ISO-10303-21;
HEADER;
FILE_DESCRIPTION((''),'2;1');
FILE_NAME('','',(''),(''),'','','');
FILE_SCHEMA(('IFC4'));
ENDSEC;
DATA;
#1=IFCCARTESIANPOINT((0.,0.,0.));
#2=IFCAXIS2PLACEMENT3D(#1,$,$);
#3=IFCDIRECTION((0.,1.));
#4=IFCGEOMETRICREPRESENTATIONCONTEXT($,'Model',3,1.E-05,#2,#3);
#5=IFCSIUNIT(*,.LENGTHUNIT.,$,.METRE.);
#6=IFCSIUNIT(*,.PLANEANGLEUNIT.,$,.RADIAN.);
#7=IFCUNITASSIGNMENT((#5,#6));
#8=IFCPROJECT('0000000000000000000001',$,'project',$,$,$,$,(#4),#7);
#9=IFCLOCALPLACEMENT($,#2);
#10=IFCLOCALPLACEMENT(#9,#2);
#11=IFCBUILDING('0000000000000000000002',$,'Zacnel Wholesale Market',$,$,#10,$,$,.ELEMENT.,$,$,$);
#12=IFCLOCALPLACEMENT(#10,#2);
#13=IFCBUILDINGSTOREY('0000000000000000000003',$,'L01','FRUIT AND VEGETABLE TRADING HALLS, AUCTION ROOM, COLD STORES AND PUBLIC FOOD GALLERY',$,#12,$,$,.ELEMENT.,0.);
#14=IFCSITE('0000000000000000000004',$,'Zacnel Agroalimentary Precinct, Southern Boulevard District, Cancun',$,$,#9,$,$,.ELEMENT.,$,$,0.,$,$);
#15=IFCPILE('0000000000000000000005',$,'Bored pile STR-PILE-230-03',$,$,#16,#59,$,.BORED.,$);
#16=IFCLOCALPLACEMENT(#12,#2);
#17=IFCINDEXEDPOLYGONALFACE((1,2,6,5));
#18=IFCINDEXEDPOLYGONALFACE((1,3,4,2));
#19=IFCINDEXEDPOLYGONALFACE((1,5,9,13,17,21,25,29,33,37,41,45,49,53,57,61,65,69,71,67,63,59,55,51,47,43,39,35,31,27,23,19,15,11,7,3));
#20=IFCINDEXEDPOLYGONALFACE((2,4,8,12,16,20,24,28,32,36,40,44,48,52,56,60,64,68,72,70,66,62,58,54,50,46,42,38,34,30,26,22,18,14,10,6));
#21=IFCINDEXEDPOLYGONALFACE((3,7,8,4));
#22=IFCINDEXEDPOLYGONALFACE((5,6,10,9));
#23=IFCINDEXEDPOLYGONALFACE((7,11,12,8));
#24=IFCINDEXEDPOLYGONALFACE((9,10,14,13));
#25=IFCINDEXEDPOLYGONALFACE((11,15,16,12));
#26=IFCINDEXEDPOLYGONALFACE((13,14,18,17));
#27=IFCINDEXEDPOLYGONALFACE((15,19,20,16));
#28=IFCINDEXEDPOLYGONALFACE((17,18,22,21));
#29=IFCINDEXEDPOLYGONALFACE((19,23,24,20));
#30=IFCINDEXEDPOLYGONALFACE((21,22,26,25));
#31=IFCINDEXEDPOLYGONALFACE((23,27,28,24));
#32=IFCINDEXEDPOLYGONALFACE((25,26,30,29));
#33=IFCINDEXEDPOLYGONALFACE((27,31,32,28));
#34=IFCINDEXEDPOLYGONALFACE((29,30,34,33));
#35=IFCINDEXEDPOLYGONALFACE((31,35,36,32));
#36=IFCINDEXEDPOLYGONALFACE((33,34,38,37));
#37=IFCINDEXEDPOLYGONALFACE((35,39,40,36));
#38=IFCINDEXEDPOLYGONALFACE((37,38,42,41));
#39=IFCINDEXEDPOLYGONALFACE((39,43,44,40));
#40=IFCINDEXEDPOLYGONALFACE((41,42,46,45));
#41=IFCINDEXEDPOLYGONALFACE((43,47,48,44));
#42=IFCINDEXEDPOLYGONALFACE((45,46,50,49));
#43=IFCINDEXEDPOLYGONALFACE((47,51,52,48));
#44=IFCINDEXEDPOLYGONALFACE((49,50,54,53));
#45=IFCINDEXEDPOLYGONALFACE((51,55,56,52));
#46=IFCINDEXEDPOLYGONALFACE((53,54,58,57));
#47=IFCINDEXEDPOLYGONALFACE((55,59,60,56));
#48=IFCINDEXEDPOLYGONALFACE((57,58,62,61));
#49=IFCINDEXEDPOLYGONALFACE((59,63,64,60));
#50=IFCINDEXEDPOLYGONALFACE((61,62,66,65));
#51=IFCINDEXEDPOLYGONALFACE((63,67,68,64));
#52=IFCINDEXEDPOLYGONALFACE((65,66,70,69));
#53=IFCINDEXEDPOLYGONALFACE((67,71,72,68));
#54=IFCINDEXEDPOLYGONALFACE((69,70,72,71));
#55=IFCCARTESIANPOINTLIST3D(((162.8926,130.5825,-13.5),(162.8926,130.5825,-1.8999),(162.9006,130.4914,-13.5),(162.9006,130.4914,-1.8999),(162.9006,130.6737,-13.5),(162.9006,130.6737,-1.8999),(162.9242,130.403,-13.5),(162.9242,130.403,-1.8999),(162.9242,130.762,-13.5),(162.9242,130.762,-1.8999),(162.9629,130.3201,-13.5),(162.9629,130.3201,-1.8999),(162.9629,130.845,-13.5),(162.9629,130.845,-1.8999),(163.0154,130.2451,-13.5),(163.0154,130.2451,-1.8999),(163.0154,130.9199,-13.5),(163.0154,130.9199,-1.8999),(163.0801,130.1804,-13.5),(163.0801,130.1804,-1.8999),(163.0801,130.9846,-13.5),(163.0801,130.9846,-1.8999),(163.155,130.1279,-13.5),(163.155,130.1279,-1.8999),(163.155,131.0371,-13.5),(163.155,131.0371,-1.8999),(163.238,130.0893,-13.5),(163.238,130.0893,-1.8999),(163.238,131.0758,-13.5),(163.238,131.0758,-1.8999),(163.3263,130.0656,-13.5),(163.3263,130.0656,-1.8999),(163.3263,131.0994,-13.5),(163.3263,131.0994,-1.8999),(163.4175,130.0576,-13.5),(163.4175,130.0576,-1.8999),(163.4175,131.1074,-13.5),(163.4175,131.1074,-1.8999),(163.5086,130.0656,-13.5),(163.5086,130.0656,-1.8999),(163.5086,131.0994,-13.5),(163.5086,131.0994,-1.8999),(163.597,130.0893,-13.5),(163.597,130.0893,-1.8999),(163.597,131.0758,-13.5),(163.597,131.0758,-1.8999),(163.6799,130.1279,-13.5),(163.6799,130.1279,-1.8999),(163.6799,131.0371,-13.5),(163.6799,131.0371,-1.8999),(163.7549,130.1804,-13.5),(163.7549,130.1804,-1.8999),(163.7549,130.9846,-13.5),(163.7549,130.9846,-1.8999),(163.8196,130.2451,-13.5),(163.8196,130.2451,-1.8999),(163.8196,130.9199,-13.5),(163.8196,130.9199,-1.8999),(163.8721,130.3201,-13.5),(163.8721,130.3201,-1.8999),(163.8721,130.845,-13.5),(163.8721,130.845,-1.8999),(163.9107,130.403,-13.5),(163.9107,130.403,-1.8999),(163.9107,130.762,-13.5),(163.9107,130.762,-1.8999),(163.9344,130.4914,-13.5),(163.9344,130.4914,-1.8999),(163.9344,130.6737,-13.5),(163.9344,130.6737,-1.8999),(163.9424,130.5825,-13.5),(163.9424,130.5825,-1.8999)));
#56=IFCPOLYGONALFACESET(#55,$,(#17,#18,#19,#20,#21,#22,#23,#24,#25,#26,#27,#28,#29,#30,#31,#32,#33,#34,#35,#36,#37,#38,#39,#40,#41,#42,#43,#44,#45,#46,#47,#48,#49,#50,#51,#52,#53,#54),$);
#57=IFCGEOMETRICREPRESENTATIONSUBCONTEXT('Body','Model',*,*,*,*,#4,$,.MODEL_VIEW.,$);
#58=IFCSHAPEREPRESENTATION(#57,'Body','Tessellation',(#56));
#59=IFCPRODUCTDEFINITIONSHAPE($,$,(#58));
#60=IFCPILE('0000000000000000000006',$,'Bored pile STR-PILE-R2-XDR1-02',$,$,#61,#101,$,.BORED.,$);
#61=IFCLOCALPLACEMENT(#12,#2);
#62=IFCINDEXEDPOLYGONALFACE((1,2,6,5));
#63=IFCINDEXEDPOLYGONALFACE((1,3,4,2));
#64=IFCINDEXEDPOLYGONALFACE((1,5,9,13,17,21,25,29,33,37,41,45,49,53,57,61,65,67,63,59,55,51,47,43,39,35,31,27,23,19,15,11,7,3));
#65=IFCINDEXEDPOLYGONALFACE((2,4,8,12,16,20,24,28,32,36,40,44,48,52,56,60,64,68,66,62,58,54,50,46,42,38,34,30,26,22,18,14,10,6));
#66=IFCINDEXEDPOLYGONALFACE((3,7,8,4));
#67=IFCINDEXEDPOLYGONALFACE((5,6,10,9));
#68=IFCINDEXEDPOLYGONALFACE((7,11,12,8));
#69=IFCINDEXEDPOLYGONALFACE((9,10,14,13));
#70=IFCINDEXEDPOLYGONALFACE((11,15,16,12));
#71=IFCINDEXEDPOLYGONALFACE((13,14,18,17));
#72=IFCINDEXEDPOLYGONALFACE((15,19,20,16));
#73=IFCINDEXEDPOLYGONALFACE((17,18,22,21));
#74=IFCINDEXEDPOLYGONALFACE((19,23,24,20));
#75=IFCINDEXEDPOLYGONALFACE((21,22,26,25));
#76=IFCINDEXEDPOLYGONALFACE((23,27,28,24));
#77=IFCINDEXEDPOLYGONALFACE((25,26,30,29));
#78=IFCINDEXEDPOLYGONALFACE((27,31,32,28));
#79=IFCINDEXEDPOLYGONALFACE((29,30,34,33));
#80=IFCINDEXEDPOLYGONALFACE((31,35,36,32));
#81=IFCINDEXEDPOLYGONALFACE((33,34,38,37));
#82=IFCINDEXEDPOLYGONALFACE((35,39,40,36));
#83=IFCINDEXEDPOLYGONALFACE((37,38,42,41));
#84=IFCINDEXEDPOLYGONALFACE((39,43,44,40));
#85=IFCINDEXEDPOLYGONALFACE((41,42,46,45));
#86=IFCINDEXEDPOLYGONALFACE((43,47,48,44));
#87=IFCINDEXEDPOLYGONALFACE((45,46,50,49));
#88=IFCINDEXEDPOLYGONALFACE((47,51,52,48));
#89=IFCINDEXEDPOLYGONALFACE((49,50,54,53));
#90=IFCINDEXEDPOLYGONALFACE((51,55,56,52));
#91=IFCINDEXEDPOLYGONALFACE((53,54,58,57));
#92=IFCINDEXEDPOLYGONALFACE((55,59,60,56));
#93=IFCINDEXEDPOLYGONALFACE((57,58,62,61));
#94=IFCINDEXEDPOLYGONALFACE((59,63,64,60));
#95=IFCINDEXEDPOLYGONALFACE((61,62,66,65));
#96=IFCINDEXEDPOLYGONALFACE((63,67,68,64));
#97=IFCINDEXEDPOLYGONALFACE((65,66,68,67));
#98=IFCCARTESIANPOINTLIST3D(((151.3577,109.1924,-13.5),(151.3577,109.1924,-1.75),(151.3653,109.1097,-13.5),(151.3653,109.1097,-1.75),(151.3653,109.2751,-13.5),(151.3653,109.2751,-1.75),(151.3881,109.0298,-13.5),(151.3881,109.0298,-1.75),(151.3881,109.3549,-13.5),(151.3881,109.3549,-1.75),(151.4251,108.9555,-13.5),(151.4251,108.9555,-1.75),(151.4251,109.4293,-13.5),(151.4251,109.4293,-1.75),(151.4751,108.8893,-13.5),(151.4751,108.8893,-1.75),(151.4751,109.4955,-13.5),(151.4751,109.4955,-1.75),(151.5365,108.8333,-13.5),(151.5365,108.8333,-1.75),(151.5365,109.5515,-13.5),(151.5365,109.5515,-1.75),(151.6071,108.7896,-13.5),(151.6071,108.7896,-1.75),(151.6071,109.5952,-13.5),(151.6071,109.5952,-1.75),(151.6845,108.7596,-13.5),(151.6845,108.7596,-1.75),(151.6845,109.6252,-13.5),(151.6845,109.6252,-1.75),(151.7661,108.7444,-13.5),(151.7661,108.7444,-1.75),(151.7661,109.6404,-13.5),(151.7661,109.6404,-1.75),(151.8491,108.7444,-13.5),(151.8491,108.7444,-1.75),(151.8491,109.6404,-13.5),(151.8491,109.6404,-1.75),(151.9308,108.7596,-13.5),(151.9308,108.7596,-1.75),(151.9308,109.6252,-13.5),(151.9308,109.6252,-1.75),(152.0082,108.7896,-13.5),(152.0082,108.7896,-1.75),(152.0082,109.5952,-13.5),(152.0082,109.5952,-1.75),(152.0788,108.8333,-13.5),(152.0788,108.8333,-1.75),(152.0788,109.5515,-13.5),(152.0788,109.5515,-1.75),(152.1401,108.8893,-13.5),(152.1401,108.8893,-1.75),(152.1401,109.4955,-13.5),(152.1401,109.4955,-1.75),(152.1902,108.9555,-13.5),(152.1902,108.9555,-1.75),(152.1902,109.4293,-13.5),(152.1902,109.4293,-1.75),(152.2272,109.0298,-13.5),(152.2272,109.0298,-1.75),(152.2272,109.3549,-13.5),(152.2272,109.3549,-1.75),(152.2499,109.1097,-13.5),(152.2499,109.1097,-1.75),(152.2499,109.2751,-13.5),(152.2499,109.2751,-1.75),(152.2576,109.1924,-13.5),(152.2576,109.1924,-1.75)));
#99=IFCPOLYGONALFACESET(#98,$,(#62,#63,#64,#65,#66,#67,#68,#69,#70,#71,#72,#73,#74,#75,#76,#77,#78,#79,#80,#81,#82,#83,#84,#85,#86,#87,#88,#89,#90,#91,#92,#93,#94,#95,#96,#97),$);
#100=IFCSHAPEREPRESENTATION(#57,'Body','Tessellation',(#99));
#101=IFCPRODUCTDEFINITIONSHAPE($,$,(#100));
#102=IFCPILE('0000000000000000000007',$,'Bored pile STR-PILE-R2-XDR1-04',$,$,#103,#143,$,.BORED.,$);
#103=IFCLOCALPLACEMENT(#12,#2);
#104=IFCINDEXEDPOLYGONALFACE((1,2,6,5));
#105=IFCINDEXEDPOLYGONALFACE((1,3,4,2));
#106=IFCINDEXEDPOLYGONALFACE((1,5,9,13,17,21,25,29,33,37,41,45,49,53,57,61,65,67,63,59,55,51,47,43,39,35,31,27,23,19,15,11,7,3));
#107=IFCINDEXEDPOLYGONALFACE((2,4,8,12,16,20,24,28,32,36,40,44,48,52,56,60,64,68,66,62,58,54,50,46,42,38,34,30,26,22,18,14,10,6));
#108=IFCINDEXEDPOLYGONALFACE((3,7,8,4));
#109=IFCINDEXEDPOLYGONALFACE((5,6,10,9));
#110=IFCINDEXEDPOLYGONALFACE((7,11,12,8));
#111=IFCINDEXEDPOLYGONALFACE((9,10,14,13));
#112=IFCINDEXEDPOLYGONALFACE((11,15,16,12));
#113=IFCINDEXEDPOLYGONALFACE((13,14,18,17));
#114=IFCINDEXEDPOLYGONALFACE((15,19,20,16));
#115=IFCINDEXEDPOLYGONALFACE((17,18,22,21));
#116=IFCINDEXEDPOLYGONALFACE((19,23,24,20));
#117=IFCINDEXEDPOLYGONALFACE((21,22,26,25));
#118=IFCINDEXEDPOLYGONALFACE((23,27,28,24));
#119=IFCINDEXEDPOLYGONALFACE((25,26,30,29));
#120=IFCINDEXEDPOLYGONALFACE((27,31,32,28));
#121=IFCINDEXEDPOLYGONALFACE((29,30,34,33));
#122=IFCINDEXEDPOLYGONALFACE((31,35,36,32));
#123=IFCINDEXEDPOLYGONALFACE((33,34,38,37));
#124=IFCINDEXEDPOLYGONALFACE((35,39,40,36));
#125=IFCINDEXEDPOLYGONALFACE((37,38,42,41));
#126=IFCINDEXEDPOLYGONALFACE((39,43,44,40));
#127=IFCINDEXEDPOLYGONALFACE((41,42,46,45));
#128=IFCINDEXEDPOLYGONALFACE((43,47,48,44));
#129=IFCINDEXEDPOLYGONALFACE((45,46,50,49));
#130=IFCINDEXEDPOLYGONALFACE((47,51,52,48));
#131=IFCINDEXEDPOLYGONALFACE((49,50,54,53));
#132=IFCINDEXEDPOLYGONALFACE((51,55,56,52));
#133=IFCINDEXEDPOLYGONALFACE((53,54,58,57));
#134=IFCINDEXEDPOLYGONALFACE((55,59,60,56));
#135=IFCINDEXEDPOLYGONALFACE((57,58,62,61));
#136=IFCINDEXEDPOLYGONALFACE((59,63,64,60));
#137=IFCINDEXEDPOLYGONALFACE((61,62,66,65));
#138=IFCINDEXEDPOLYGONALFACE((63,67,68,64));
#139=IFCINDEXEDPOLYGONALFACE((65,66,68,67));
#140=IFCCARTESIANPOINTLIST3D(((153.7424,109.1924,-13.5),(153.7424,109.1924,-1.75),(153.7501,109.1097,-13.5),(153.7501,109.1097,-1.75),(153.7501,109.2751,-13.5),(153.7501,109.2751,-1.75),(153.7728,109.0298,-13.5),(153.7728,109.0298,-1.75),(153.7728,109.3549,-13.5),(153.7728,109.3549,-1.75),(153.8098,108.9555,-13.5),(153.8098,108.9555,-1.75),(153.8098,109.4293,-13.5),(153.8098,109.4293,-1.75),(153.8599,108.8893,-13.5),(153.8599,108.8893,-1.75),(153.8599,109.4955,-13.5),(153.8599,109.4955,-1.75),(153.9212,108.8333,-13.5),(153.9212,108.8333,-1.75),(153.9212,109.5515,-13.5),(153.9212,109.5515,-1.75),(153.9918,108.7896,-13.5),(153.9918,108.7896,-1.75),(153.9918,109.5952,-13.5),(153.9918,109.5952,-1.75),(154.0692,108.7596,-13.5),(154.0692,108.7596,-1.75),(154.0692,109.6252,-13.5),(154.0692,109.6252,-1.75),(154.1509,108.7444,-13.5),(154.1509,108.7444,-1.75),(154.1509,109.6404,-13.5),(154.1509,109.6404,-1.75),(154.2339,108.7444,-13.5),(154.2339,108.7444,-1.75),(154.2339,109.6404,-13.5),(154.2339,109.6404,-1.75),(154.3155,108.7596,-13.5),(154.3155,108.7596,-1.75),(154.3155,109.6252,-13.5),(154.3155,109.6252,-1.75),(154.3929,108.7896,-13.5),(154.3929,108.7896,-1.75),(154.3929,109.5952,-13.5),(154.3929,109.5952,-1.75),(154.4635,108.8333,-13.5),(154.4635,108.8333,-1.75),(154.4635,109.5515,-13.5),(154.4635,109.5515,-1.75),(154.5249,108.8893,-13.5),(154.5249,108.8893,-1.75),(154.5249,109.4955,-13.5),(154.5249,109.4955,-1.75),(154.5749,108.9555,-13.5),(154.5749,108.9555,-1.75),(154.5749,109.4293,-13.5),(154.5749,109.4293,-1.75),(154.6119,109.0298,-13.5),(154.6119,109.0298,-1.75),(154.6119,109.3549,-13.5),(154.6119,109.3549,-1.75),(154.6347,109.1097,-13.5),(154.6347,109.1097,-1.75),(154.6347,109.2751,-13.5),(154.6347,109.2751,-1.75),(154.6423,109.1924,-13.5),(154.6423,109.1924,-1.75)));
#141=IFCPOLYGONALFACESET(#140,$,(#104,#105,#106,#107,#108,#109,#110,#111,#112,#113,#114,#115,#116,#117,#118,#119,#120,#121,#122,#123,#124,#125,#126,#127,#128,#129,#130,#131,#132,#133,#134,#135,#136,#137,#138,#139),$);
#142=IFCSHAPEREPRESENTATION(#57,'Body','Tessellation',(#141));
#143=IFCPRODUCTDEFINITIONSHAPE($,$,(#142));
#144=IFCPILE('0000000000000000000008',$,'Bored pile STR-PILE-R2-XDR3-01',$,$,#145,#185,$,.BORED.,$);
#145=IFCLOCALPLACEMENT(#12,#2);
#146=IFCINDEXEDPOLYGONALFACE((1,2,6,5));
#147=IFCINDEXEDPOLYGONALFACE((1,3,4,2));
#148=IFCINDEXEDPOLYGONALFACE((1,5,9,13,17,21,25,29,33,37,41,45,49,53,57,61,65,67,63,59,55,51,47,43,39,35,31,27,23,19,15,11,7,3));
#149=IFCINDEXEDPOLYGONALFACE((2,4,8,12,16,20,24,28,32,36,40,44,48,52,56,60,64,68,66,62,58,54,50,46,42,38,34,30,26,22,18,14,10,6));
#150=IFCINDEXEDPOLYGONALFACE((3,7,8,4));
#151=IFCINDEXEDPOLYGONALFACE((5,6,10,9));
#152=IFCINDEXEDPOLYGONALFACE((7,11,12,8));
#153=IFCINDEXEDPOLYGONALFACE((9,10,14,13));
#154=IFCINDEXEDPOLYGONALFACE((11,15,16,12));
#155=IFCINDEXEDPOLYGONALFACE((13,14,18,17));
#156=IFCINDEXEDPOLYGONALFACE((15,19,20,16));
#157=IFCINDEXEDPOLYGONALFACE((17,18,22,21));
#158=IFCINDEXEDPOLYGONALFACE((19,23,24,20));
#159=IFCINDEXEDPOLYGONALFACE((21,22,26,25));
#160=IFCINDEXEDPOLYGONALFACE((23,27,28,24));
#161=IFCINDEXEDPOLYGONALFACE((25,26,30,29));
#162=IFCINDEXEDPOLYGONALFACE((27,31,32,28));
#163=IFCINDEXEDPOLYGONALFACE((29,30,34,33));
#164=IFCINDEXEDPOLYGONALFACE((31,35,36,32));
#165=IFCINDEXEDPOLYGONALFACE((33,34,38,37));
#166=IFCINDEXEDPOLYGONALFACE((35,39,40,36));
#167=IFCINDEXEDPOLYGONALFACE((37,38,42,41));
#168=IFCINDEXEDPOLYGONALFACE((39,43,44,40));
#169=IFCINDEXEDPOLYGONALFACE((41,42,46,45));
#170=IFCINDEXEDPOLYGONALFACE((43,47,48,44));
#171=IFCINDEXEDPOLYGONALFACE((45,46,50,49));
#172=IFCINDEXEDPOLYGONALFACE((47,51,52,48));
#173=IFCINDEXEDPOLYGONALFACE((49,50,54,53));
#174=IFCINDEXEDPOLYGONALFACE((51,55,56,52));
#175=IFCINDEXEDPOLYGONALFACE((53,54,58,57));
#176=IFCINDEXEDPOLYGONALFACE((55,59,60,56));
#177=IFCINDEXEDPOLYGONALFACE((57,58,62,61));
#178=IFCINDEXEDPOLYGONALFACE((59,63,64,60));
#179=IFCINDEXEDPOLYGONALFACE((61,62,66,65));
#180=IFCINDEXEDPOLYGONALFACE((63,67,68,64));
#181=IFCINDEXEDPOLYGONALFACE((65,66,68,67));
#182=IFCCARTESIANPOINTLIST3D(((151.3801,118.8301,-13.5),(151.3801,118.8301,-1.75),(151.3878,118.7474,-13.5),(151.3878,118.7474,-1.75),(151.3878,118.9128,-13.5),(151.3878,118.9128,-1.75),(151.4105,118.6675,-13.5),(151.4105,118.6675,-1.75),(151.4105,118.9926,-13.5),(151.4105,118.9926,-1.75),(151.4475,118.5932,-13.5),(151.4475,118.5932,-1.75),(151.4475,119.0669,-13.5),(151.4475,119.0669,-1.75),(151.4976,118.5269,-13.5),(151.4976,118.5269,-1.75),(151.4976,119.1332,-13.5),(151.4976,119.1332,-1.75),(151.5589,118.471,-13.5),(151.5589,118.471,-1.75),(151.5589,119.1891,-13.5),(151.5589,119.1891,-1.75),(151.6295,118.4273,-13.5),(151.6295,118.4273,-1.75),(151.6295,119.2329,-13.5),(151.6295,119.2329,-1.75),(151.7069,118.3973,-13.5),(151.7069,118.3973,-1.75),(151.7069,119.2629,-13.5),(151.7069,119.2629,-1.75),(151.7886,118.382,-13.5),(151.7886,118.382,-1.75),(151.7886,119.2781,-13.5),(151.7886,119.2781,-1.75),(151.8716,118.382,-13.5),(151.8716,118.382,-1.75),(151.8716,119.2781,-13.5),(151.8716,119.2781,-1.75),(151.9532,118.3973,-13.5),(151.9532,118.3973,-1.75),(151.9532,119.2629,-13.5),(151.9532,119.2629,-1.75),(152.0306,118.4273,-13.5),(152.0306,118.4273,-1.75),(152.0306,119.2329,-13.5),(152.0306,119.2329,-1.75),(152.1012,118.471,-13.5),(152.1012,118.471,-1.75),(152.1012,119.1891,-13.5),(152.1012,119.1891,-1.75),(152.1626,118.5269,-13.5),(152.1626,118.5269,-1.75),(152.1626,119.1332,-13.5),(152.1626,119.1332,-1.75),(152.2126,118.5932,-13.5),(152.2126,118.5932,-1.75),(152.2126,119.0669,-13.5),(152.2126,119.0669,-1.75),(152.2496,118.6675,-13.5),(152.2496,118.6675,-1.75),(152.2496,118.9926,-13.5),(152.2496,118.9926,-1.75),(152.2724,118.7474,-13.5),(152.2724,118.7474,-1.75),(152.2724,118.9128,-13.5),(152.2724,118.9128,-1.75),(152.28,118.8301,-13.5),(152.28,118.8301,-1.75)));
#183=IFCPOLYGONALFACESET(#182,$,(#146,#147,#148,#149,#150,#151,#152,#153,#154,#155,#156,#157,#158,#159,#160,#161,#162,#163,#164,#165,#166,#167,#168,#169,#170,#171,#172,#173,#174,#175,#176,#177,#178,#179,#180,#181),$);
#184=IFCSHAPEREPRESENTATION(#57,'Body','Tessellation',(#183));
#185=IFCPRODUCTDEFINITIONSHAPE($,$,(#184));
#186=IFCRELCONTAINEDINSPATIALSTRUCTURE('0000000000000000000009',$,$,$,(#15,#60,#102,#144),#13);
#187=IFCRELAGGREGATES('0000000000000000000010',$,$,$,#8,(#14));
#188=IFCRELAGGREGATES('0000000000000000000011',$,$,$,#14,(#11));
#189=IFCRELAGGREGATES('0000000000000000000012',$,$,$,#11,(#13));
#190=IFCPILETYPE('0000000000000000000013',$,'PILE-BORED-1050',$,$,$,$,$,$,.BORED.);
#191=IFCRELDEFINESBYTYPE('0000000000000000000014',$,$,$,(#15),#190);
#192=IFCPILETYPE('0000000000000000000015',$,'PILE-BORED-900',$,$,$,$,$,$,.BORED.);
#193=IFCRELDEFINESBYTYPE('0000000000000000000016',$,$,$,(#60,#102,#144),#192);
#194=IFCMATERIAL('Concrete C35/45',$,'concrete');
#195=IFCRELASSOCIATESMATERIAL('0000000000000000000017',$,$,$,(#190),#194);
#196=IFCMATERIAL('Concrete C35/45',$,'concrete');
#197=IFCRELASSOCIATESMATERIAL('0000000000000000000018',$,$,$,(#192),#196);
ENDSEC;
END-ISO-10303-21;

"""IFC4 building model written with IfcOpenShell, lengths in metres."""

from ifc_helpers import new_model, si_unit, direction, frame, origin, origin_2d, place, context, subcontext, project, spatial, circle, extrude, material, material_profile, profile_set, type_object, element, save


model = new_model("IFC4")

# Units and contexts
model_context = context("Model", 3, precision=1e-05, world=origin(), true_north=direction((0.0, 1.0)))
body_context = subcontext(model_context, "Body", "Model", "MODEL_VIEW")
ifc_project = project(units=[si_unit("LENGTHUNIT", "METRE"), si_unit("PLANEANGLEUNIT", "RADIAN")], contexts=[model_context])

# Site, building, storey
site_placement = place(None, origin())
site = spatial("IfcSite", under=ifc_project, at=site_placement, Name="Zacnel Agroalimentary Precinct, Southern Boulevard District, Cancun", CompositionType="ELEMENT", RefElevation=0.0)
building_placement = place(site_placement, origin())
building = spatial("IfcBuilding", under=site, at=building_placement, Name="Zacnel Wholesale Market", CompositionType="ELEMENT")
storey_placement = place(building_placement, origin())
storey = spatial("IfcBuildingStorey", under=building, at=storey_placement, Name="L01", Description="FRUIT AND VEGETABLE TRADING HALLS, AUCTION ROOM, COLD STORES AND PUBLIC FOOD GALLERY", CompositionType="ELEMENT", Elevation=0.0)

# Piles
ifc_material_1 = material(Name="Concrete C35/45", Category="concrete")
ifc_material_profile_1 = material_profile(ifc_material_1, circle(Radius=0.5249, at=origin_2d()), Name="BORED PILE D1050")
ifc_profile_set_1 = profile_set([ifc_material_profile_1], Name="Concrete C35/45")
pile_type_1 = type_object("IfcPileType", Name="PILE-BORED-1050", PredefinedType="BORED", material=ifc_profile_set_1)
for number, where, z_axis, x_axis, name in (
    (1, (163.4175, 130.5825, -1.8999), (0.0, 0.0, -1.0), (1.0, 0.0, 0.0), "Bored pile STR-PILE-230-03"),
):
    element("IfcPile", number, at=place(storey_placement, frame(where, z_axis=z_axis, x_axis=x_axis)), inside=storey, type_object=pile_type_1, Name=name, PredefinedType="BORED", context=body_context, shape_type="SweptSolid", body=[
        extrude(circle(Radius=0.5249, at=origin_2d()), origin(), (0.0, 0.0, 1.0), 11.6001),
    ])
ifc_material_2 = material(Name="Concrete C35/45", Category="concrete")
ifc_material_profile_2 = material_profile(ifc_material_2, circle(Radius=0.45, at=origin_2d()), Name="BORED PILE D900")
ifc_profile_set_2 = profile_set([ifc_material_profile_2], Name="Concrete C35/45")
pile_type_2 = type_object("IfcPileType", Name="PILE-BORED-900", PredefinedType="BORED", material=ifc_profile_set_2)
for number, where, z_axis, x_axis, name in (
    (2, (151.8076, 109.1924, -1.75), (0.0, 0.0, -1.0), (1.0, 0.0, 0.0), "Bored pile STR-PILE-R2-XDR1-02"),
    (3, (154.1924, 109.1924, -1.75), (0.0, 0.0, -1.0), (1.0, 0.0, 0.0), "Bored pile STR-PILE-R2-XDR1-04"),
    (4, (151.8301, 118.8301, -1.75), (0.0, 0.0, -1.0), (1.0, 0.0, 0.0), "Bored pile STR-PILE-R2-XDR3-01"),
):
    element("IfcPile", number, at=place(storey_placement, frame(where, z_axis=z_axis, x_axis=x_axis)), inside=storey, type_object=pile_type_2, Name=name, PredefinedType="BORED", context=body_context, shape_type="SweptSolid", body=[
        extrude(circle(Radius=0.45, at=origin_2d()), origin(), (0.0, 0.0, 1.0), 11.75),
    ])

save(model, "model.ifc")
